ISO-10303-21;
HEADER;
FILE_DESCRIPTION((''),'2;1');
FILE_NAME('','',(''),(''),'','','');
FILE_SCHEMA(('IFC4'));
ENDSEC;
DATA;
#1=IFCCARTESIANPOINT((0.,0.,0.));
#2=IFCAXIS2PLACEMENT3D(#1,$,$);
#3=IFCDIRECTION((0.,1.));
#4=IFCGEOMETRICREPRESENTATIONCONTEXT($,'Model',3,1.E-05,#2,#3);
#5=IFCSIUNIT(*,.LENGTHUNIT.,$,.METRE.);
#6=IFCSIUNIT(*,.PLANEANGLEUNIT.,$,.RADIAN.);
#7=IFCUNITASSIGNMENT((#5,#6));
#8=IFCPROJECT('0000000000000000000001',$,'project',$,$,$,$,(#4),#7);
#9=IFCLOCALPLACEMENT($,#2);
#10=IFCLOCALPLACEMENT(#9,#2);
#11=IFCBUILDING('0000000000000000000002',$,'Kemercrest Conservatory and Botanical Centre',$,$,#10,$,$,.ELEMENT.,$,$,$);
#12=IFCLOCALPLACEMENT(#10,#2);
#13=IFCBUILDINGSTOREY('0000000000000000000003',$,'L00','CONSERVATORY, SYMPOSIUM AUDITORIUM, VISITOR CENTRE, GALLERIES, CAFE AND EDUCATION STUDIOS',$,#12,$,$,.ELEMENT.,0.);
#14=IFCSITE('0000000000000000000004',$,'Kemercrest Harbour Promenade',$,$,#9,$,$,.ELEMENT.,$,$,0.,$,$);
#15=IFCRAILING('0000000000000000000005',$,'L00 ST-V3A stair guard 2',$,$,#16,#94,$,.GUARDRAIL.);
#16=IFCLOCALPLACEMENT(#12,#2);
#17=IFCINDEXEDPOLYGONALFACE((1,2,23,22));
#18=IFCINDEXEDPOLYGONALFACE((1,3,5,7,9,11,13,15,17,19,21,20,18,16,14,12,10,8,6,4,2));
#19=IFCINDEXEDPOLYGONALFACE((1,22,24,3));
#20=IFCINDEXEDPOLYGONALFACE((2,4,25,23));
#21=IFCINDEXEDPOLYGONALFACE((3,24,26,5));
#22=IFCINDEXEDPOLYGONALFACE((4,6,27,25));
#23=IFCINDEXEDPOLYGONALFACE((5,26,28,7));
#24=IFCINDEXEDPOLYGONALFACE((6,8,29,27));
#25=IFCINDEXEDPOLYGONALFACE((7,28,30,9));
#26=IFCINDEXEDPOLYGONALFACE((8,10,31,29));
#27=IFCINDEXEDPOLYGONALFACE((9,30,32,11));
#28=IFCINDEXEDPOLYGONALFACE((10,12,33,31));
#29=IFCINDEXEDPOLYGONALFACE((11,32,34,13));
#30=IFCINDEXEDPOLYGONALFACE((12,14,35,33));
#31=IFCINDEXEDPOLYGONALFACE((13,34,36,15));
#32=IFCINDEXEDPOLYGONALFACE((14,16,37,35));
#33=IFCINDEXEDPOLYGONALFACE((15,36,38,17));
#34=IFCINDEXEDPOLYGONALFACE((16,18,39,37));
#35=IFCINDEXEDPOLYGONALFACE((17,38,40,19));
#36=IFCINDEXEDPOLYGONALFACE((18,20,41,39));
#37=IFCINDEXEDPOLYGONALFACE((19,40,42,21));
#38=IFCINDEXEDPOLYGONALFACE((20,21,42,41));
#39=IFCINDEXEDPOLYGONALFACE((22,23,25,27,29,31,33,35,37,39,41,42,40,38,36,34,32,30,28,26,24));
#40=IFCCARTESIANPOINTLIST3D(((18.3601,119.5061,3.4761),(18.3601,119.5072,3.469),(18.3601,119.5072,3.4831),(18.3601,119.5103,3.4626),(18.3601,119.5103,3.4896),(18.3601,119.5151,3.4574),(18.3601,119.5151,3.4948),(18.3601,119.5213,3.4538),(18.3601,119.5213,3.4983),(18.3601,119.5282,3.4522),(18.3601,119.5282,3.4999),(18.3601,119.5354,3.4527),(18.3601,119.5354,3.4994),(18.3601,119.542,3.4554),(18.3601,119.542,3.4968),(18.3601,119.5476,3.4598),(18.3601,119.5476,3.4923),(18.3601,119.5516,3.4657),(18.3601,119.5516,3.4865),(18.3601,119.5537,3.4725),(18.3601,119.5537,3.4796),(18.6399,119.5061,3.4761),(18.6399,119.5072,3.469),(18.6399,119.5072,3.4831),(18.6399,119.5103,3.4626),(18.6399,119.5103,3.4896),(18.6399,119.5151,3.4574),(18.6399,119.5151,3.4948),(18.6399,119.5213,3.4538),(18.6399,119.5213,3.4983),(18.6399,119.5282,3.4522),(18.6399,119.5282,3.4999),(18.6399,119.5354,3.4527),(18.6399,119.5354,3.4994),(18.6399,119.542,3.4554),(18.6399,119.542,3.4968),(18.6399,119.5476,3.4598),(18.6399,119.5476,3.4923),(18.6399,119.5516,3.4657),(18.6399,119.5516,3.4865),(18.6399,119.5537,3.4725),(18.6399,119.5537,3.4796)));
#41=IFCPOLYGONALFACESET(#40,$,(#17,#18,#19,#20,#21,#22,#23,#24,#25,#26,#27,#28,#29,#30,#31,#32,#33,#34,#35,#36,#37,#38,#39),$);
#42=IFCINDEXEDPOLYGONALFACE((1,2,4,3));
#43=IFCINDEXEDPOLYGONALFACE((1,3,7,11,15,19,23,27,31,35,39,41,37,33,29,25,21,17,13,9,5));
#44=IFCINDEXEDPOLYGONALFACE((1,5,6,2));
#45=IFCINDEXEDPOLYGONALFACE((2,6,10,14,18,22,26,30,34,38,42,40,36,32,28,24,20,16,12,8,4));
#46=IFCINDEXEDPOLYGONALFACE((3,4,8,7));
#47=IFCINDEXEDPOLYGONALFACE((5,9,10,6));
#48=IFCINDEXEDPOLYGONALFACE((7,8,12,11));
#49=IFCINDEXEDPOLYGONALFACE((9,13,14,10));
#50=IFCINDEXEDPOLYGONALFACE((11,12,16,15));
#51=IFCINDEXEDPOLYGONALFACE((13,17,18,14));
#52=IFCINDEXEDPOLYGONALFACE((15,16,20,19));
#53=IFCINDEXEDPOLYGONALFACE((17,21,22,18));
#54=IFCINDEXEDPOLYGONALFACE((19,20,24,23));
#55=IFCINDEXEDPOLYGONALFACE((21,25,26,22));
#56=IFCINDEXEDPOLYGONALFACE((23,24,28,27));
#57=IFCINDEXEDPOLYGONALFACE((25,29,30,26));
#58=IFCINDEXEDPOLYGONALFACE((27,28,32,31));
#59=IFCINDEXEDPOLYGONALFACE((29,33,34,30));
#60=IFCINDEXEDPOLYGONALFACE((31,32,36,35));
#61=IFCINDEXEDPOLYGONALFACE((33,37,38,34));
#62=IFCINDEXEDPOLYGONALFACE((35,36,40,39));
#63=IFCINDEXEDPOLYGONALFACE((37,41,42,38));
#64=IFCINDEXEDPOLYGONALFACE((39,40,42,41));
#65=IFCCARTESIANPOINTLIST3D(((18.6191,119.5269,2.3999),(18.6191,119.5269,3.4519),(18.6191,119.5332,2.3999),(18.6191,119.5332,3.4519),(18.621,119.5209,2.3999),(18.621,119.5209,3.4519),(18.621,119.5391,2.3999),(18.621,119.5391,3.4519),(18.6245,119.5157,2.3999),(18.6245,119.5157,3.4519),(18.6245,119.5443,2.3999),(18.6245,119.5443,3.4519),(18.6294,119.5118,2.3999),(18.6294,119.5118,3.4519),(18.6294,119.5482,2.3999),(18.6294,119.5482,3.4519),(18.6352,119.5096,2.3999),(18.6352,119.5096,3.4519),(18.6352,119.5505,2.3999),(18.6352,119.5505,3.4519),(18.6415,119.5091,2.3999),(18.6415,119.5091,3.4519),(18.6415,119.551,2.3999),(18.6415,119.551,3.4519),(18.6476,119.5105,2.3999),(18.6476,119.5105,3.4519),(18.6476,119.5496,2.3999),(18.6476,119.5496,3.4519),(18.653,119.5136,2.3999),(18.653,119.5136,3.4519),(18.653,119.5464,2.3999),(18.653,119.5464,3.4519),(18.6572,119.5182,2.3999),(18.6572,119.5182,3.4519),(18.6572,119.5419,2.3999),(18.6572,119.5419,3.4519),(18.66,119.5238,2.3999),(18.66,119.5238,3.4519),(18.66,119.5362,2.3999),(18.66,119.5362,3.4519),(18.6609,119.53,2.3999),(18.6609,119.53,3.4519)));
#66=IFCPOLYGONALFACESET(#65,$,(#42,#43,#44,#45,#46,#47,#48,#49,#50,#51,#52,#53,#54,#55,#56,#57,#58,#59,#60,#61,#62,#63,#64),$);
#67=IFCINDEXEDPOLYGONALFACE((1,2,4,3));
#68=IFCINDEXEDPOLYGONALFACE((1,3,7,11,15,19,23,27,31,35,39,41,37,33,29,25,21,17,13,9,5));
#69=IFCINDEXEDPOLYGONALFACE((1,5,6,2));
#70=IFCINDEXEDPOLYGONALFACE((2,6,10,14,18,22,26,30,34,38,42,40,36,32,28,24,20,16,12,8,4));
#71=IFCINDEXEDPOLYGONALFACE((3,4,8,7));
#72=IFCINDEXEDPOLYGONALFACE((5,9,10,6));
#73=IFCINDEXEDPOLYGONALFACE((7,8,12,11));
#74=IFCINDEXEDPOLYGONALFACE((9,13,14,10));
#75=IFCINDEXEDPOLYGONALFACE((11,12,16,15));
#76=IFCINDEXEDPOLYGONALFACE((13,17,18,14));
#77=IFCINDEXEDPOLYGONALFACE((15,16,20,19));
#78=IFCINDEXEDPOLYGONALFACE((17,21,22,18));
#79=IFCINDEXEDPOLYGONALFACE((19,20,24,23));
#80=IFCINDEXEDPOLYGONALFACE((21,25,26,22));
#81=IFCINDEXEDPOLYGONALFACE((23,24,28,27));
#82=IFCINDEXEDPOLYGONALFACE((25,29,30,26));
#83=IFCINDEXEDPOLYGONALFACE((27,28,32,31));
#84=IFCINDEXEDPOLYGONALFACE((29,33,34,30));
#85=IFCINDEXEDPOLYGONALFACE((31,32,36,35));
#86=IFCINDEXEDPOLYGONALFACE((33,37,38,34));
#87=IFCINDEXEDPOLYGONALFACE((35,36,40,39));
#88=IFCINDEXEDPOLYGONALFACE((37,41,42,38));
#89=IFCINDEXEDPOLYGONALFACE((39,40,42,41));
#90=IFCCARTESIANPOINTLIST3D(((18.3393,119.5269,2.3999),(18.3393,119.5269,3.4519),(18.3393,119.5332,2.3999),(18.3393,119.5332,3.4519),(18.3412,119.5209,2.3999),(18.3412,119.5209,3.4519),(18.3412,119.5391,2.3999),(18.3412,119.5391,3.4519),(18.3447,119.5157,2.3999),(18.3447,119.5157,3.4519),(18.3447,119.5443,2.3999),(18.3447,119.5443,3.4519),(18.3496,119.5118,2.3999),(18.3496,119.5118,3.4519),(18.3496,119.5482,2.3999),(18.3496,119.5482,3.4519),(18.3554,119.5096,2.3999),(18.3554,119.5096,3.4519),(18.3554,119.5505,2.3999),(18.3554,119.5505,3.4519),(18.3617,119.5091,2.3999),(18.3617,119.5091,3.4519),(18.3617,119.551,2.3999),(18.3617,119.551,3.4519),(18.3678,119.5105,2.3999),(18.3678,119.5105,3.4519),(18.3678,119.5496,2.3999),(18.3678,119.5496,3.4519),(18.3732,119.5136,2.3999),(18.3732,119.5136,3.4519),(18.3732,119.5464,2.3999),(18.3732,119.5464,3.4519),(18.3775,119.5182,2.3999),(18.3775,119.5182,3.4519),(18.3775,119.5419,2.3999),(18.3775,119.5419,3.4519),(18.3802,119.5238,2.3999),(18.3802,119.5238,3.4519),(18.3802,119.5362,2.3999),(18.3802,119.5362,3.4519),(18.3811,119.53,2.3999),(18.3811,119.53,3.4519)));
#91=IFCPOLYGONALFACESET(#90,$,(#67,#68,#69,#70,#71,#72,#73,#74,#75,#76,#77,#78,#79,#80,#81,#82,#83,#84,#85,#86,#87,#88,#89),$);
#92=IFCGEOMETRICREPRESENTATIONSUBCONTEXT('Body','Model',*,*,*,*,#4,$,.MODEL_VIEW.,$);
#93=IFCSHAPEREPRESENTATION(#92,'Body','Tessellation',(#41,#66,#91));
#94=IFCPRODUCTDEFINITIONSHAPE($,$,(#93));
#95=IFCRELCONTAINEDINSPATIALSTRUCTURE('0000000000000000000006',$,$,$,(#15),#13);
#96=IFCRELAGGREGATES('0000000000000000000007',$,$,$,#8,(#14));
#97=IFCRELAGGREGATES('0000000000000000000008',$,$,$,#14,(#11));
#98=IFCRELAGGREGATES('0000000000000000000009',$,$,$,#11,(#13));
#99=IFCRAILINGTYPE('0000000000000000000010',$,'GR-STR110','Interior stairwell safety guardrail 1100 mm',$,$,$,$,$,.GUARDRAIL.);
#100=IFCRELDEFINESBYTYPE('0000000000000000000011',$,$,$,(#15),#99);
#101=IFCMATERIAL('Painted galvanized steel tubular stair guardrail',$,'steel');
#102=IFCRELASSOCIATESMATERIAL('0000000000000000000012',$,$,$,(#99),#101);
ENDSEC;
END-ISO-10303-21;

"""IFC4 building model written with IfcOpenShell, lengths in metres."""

from ifc_helpers import new_model, si_unit, direction, frame, origin, origin_2d, place, context, subcontext, project, spatial, circle, extrude, material, type_object, element, save


model = new_model("IFC4")

# Units and contexts
model_context = context("Model", 3, precision=1e-05, world=origin(), true_north=direction((0.0, 1.0)))
body_context = subcontext(model_context, "Body", "Model", "MODEL_VIEW")
ifc_project = project(units=[si_unit("LENGTHUNIT", "METRE"), si_unit("PLANEANGLEUNIT", "RADIAN")], contexts=[model_context])

# Site, building, storey
site_placement = place(None, origin())
site = spatial("IfcSite", under=ifc_project, at=site_placement, Name="Kemercrest Harbour Promenade", CompositionType="ELEMENT", RefElevation=0.0)
building_placement = place(site_placement, origin())
building = spatial("IfcBuilding", under=site, at=building_placement, Name="Kemercrest Conservatory and Botanical Centre", CompositionType="ELEMENT")
storey_placement = place(building_placement, origin())
storey = spatial("IfcBuildingStorey", under=building, at=storey_placement, Name="L00", Description="CONSERVATORY, SYMPOSIUM AUDITORIUM, VISITOR CENTRE, GALLERIES, CAFE AND EDUCATION STUDIOS", CompositionType="ELEMENT", Elevation=0.0)

# Railing
ifc_material_1 = material(Name="Painted galvanized steel tubular stair guardrail", Category="steel")
railing_type_1 = type_object("IfcRailingType", Name="GR-STR110", Description="Interior stairwell safety guardrail 1100 mm", PredefinedType="GUARDRAIL", material=ifc_material_1)
railing_1_placement = place(storey_placement, frame((18.6399, 119.53, 2.3999)))
element("IfcRailing", 1, at=railing_1_placement, inside=storey, type_object=railing_type_1, Name="L00 ST-V3A stair guard 2", PredefinedType="GUARDRAIL", context=body_context, shape_type="SweptSolid", body=[
    extrude(circle(Radius=0.0239, at=origin_2d()), frame((0.0, 0.0, 1.0762), z_axis=(-1.0, 0.0, 0.0), x_axis=(0.0, -1.0, 0.0)), (0.0, 0.0, 1.0), 0.2798),
    extrude(circle(Radius=0.021, at=origin_2d()), origin(), (0.0, 0.0, 1.0), 1.052),
    extrude(circle(Radius=0.021, at=origin_2d()), frame((-0.2798, 0.0, 0.0)), (0.0, 0.0, 1.0), 1.052),
])

save(model, "model.ifc")
